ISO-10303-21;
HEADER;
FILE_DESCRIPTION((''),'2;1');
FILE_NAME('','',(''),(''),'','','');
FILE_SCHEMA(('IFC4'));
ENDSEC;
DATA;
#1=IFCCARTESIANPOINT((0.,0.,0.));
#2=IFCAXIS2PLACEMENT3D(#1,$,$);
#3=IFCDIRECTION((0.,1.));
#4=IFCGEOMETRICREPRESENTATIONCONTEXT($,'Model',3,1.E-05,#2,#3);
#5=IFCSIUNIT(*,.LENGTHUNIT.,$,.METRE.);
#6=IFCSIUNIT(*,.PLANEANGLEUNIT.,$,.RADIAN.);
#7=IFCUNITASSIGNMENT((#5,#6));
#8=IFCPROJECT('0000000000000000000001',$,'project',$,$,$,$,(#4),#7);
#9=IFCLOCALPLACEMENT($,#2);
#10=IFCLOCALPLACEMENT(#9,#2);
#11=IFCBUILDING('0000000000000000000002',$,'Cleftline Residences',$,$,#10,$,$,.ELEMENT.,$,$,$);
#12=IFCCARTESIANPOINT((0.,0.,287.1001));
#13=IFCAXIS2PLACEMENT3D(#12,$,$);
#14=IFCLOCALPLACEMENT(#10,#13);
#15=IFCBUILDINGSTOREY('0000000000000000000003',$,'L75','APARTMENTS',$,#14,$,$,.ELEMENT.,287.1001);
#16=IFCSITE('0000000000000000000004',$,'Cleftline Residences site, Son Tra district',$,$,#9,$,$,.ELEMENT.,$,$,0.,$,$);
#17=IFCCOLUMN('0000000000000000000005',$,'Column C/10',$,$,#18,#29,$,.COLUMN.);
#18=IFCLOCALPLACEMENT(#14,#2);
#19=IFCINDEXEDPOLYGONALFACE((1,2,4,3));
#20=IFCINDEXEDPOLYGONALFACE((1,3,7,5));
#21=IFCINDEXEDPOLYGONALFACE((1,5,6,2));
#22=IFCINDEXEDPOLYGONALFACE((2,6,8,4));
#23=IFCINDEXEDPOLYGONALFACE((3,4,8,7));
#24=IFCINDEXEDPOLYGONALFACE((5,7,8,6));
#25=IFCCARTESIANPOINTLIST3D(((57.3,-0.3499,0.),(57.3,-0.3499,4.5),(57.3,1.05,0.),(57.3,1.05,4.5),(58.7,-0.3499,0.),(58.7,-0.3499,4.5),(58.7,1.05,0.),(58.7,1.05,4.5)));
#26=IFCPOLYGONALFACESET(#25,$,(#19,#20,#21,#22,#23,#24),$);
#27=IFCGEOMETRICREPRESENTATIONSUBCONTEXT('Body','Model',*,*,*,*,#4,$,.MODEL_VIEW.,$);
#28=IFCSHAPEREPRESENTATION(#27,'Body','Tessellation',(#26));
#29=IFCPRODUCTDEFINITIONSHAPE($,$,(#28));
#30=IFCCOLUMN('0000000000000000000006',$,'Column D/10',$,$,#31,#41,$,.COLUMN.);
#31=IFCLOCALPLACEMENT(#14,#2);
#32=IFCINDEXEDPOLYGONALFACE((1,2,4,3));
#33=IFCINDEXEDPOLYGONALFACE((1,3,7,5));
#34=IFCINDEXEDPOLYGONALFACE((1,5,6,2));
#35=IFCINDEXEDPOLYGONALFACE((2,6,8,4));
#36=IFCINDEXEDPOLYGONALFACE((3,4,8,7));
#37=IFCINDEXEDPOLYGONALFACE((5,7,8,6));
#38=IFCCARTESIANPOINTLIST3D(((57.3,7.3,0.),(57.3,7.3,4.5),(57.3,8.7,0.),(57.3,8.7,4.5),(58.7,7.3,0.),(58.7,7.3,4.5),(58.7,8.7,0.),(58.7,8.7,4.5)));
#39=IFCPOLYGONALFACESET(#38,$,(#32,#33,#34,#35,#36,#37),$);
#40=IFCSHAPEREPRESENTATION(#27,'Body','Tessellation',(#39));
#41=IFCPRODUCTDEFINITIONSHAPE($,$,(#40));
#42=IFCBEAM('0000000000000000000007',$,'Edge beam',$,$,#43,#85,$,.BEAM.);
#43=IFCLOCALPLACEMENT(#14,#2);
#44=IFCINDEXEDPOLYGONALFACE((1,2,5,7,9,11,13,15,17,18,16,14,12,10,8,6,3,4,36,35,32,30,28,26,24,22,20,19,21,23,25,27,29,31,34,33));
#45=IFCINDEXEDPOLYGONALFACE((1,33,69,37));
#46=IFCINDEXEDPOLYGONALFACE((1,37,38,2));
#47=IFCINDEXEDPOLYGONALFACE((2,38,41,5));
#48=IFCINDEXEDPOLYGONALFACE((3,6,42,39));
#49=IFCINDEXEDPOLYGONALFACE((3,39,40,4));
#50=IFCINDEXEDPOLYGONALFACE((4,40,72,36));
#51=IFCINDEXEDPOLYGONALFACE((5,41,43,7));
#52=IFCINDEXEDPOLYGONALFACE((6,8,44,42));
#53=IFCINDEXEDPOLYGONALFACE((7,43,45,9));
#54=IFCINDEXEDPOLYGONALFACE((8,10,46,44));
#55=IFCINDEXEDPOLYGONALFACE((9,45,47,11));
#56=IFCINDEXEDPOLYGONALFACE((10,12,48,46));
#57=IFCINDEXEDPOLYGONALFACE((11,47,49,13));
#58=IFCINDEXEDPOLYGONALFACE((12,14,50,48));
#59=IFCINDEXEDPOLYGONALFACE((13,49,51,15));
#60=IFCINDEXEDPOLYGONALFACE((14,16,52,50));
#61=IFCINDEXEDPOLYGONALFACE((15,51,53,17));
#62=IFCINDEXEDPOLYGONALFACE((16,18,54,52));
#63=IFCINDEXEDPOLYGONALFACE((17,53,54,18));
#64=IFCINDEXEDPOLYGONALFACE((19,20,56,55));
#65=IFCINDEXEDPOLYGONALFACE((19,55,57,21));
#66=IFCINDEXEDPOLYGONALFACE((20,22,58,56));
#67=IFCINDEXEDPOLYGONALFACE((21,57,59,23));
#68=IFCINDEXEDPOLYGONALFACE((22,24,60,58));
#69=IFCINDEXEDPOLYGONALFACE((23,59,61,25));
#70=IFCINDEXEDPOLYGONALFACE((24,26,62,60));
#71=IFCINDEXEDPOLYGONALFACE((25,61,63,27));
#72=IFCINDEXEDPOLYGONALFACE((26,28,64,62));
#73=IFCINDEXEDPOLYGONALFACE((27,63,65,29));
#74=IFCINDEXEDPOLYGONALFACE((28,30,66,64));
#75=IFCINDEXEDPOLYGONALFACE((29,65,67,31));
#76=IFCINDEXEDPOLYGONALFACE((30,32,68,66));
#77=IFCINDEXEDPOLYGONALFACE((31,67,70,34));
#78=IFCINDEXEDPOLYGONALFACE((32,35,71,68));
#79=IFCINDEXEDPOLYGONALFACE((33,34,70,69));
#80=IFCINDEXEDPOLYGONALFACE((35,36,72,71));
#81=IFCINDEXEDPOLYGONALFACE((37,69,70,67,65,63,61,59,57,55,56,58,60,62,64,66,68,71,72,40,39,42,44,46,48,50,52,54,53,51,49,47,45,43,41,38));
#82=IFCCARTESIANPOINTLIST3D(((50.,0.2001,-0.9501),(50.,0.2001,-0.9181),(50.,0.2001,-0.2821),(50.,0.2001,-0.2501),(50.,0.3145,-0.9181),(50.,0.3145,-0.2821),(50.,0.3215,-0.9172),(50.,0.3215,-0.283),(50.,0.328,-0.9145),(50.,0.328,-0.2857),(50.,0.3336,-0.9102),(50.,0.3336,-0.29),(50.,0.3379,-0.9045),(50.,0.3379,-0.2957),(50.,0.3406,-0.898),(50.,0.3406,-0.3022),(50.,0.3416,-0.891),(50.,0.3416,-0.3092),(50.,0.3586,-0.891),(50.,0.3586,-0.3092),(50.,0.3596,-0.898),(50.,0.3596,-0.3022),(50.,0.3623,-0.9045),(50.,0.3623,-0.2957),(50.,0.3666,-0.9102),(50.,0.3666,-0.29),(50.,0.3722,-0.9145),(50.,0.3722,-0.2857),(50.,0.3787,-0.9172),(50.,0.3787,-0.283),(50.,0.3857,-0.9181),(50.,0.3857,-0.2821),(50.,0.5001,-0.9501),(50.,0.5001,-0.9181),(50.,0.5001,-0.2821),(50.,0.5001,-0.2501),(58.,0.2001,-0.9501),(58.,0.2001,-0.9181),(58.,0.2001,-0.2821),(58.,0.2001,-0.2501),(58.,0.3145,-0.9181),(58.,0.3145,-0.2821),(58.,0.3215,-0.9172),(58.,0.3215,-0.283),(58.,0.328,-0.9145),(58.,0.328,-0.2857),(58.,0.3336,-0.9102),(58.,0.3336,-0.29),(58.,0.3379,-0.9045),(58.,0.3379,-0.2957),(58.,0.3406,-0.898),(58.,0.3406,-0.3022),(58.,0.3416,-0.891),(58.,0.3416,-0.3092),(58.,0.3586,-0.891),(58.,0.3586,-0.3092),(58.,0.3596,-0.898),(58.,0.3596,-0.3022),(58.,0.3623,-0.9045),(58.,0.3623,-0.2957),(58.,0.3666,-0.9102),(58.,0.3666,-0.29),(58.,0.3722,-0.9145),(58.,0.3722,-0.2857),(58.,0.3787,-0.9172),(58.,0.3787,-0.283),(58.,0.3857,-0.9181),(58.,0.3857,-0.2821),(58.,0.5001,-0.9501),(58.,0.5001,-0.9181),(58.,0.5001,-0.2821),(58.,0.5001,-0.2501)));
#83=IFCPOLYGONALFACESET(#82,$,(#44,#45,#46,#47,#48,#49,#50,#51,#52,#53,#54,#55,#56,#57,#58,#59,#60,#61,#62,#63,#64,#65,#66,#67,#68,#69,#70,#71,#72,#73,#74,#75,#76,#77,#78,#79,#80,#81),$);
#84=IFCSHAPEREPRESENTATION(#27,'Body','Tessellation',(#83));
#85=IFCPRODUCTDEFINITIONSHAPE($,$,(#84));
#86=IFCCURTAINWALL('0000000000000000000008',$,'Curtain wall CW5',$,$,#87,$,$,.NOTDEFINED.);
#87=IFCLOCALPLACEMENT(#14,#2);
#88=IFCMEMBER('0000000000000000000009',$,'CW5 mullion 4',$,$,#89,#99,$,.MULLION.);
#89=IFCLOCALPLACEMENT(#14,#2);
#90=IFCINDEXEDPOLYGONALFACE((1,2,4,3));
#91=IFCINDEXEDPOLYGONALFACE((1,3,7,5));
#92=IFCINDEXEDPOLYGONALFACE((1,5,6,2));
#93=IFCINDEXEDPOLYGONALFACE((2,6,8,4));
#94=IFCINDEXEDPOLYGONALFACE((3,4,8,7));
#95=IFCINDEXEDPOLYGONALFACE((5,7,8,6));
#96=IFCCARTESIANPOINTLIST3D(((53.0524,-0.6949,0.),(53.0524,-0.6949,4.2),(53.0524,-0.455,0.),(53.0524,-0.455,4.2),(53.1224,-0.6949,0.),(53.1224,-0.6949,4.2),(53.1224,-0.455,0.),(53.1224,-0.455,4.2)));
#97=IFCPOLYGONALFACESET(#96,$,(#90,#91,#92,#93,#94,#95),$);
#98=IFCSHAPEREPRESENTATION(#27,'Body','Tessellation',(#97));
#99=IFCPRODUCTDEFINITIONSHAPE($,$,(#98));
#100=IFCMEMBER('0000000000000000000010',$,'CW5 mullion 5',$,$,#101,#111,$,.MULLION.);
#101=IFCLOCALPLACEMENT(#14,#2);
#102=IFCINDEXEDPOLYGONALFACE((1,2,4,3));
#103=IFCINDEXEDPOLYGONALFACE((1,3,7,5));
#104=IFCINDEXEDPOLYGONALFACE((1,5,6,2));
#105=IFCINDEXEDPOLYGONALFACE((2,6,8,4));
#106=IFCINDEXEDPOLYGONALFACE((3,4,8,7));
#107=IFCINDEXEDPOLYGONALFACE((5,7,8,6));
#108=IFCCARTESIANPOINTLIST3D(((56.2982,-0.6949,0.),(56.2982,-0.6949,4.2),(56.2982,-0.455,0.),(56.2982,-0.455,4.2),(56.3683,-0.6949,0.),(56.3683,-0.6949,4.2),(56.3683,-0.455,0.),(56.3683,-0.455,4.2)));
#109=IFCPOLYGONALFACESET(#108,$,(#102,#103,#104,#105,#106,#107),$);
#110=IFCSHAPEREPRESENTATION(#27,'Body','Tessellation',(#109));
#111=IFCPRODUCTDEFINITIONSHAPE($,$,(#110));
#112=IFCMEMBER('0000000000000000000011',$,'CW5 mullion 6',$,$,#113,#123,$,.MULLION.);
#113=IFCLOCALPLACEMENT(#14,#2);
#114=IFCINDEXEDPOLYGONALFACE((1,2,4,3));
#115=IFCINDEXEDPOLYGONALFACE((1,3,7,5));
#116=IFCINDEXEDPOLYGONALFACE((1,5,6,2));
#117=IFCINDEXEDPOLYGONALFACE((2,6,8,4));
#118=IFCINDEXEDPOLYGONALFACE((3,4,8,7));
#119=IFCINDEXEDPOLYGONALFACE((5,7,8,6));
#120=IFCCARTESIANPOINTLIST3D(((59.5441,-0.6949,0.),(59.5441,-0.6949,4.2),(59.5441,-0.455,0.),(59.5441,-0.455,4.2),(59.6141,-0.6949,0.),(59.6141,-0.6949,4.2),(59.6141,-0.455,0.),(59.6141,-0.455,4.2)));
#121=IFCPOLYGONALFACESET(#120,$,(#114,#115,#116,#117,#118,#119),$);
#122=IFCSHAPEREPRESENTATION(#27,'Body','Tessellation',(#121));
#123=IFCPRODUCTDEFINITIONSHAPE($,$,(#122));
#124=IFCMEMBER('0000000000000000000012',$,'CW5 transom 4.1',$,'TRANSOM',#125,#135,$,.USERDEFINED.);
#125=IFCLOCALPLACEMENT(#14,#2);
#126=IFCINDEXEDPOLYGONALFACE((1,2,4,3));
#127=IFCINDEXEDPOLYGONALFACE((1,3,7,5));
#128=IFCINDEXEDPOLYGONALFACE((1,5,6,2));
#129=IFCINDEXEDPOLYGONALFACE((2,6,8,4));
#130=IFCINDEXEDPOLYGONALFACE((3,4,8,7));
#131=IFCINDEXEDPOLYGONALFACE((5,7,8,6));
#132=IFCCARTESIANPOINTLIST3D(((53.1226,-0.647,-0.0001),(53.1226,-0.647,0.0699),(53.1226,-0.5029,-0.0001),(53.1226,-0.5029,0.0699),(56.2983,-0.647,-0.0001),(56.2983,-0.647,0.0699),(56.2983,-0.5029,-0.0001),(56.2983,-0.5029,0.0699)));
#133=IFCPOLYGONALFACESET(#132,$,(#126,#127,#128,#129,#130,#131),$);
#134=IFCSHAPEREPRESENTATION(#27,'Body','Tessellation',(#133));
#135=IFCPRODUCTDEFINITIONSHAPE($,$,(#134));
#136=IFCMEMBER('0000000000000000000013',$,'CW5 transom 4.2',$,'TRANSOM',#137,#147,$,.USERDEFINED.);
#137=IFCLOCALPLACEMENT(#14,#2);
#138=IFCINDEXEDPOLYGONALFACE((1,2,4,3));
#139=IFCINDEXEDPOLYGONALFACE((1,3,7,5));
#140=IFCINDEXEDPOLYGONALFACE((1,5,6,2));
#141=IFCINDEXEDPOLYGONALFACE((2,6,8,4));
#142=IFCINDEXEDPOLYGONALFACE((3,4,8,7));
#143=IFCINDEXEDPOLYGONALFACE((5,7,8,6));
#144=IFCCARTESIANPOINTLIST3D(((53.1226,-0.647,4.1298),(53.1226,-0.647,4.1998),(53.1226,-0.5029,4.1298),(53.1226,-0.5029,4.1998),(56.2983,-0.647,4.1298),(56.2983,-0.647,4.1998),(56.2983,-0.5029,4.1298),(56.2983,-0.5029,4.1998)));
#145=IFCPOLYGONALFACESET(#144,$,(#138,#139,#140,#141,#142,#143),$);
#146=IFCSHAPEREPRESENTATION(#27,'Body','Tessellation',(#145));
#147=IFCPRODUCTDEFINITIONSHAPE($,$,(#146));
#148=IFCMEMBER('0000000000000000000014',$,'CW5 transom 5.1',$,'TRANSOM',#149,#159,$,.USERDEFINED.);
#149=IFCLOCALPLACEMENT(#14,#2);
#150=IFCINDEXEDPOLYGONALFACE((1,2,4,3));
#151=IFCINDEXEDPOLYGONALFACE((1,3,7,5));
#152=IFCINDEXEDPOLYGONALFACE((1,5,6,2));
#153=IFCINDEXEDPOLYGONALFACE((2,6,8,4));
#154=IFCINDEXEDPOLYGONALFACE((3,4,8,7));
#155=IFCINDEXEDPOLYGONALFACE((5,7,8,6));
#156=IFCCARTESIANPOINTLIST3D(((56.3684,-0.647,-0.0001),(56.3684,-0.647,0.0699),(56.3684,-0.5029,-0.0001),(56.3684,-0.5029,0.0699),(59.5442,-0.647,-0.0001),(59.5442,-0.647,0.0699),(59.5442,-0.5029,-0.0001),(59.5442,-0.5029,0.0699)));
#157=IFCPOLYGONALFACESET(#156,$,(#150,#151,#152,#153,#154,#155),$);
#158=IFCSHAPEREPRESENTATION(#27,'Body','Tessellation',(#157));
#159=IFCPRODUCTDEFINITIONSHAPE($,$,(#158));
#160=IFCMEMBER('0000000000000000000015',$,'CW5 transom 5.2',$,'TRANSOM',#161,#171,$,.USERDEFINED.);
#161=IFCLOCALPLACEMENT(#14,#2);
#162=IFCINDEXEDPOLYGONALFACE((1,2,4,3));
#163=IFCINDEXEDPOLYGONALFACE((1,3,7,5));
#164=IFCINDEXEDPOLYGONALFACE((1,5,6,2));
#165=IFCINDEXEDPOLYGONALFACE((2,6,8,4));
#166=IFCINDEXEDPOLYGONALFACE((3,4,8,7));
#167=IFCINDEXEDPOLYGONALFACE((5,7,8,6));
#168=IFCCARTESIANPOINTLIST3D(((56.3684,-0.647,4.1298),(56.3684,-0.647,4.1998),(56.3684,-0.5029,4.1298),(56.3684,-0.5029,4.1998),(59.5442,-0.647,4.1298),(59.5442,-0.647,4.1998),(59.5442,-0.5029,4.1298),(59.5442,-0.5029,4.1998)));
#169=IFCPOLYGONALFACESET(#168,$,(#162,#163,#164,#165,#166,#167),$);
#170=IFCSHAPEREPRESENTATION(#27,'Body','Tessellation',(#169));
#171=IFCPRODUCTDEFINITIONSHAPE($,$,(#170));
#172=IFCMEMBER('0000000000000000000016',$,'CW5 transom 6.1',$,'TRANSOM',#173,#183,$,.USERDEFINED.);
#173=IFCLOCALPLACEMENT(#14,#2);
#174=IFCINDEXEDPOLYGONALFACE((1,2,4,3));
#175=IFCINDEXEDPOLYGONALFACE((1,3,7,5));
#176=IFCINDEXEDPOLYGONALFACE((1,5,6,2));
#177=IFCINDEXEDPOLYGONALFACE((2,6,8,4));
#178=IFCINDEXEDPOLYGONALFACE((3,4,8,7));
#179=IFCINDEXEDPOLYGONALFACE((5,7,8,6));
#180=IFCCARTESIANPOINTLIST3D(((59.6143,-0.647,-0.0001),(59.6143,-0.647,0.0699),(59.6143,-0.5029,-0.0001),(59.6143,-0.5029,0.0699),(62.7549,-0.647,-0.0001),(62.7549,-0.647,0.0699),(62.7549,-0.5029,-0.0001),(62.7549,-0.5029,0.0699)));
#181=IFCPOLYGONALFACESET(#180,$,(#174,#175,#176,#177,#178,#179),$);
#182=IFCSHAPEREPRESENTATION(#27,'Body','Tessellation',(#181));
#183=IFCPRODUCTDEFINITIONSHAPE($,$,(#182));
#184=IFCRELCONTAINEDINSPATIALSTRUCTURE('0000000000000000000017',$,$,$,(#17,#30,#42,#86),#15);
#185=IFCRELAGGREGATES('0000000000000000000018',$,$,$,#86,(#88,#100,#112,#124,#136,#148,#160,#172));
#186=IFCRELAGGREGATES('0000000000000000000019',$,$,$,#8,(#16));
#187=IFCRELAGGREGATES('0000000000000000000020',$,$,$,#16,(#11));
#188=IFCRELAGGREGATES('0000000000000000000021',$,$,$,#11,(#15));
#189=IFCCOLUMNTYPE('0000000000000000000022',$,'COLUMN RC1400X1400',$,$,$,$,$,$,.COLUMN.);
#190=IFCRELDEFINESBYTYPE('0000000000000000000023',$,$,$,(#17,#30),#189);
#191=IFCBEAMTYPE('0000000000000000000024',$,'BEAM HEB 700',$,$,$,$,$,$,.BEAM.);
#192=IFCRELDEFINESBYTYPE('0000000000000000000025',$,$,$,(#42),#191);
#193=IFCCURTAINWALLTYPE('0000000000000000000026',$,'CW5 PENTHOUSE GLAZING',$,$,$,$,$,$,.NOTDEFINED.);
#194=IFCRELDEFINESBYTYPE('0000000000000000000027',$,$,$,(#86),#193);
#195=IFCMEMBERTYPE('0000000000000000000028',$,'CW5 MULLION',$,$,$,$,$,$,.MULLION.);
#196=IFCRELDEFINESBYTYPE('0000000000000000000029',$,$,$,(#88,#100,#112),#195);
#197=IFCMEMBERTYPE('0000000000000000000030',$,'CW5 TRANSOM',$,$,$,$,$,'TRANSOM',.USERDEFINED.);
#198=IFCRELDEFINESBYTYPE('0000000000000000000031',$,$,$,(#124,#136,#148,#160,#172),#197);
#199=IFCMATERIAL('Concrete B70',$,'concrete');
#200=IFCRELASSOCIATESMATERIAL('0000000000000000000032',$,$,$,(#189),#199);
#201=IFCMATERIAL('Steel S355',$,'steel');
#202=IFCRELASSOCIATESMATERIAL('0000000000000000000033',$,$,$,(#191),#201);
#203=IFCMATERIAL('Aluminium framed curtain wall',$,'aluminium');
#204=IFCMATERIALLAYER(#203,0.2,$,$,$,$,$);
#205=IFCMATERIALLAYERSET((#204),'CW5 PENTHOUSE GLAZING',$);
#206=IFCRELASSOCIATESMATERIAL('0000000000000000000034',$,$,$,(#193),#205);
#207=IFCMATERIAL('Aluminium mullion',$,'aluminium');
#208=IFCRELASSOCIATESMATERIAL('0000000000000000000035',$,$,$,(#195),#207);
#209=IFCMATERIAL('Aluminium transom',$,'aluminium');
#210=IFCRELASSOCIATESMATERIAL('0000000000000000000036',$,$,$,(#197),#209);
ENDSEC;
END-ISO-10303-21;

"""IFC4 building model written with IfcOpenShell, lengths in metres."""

from ifc_helpers import new_model, si_unit, direction, frame, origin, origin_2d, place, context, subcontext, project, spatial, rectangle, i_section, extrude, material, layer, layer_set, material_profile, profile_set, type_object, element, aggregate, save


model = new_model("IFC4")

# Units and contexts
model_context = context("Model", 3, precision=1e-05, world=origin(), true_north=direction((0.0, 1.0)))
body_context = subcontext(model_context, "Body", "Model", "MODEL_VIEW")
ifc_project = project(units=[si_unit("LENGTHUNIT", "METRE"), si_unit("PLANEANGLEUNIT", "RADIAN")], contexts=[model_context])

# Site, building, storey
site_placement = place(None, origin())
site = spatial("IfcSite", under=ifc_project, at=site_placement, Name="Cleftline Residences site, Son Tra district", CompositionType="ELEMENT", RefElevation=0.0)
building_placement = place(site_placement, origin())
building = spatial("IfcBuilding", under=site, at=building_placement, Name="Cleftline Residences", CompositionType="ELEMENT")
storey_placement = place(building_placement, frame((0.0, 0.0, 287.1001)))
storey = spatial("IfcBuildingStorey", under=building, at=storey_placement, Name="L75", Description="APARTMENTS", CompositionType="ELEMENT", Elevation=287.1001)

# Columns
ifc_material_1 = material(Name="Concrete B70", Category="concrete")
ifc_material_profile_1 = material_profile(ifc_material_1, rectangle(XDim=1.3999, YDim=1.3999, at=origin_2d()))
ifc_profile_set_1 = profile_set([ifc_material_profile_1], Name="Concrete B70")
column_type = type_object("IfcColumnType", Name="COLUMN RC1400X1400", PredefinedType="COLUMN", material=ifc_profile_set_1)
for number, where, z_axis, x_axis, name in (
    (1, (58.0, 0.3501, 0.0), (0.0, 0.0, 1.0), (1.0, 0.0, 0.0), "Column C/10"),
    (2, (58.0, 8.0, 0.0), (0.0, 0.0, 1.0), (1.0, 0.0, 0.0), "Column D/10"),
):
    element("IfcColumn", number, at=place(storey_placement, frame(where, z_axis=z_axis, x_axis=x_axis)), inside=storey, type_object=column_type, Name=name, PredefinedType="COLUMN", context=body_context, shape_type="SweptSolid", body=[
        extrude(rectangle(XDim=1.3999, YDim=1.3999, at=origin_2d()), origin(), (0.0, 0.0, 1.0), 4.5),
    ])

# Beam
ifc_material_2 = material(Name="Steel S355", Category="steel")
ifc_material_profile_2 = material_profile(ifc_material_2, i_section(OverallWidth=0.3, OverallDepth=0.7, WebThickness=0.0171, FlangeThickness=0.032, FilletRadius=0.0271, at=origin_2d()))
ifc_profile_set_2 = profile_set([ifc_material_profile_2], Name="Steel S355")
beam_type = type_object("IfcBeamType", Name="BEAM HEB 700", PredefinedType="BEAM", material=ifc_profile_set_2)
beam_placement = place(storey_placement, frame((58.0, 0.3501, -0.6001), z_axis=(-1.0, 0.0, 0.0), x_axis=(0.0, -1.0, 0.0)))
element("IfcBeam", 3, at=beam_placement, inside=storey, type_object=beam_type, Name="Edge beam", PredefinedType="BEAM", context=body_context, shape_type="SweptSolid", body=[
    extrude(i_section(OverallWidth=0.3, OverallDepth=0.7, WebThickness=0.0171, FlangeThickness=0.032, FilletRadius=0.0271, at=origin_2d()), origin(), (0.0, 0.0, 1.0), 8.0),
])

# Curtain wall, members
ifc_material_3 = material(Name="Aluminium framed curtain wall", Category="aluminium")
ifc_layer_1 = layer(ifc_material_3, 0.2)
ifc_layer_set_1 = layer_set([ifc_layer_1], Name="CW5 PENTHOUSE GLAZING")
curtain_wall_type = type_object("IfcCurtainWallType", Name="CW5 PENTHOUSE GLAZING", PredefinedType="NOTDEFINED", material=ifc_layer_set_1)
curtain_wall_placement = place(storey_placement, origin())
curtain_wall = element("IfcCurtainWall", 4, at=curtain_wall_placement, inside=storey, type_object=curtain_wall_type, Name="Curtain wall CW5", PredefinedType="NOTDEFINED")
ifc_material_4 = material(Name="Aluminium mullion", Category="aluminium")
ifc_material_profile_3 = material_profile(ifc_material_4, rectangle(XDim=0.24, YDim=0.0701, at=origin_2d()))
ifc_profile_set_3 = profile_set([ifc_material_profile_3], Name="Aluminium mullion")
member_type_1 = type_object("IfcMemberType", Name="CW5 MULLION", PredefinedType="MULLION", material=ifc_profile_set_3)
member_1_placement = place(storey_placement, frame((53.0874, -0.575, 0.0), z_axis=(0.0, 0.0, 1.0), x_axis=(0.0, 1.0, 0.0)))
member_1 = element("IfcMember", 5, at=member_1_placement, type_object=member_type_1, Name="CW5 mullion 4", PredefinedType="MULLION", context=body_context, shape_type="SweptSolid", body=[
    extrude(rectangle(XDim=0.24, YDim=0.0701, at=origin_2d()), origin(), (0.0, 0.0, 1.0), 4.2),
])
member_2_placement = place(storey_placement, frame((56.3333, -0.575, 0.0), z_axis=(0.0, 0.0, 1.0), x_axis=(0.0, 1.0, 0.0)))
member_2 = element("IfcMember", 6, at=member_2_placement, type_object=member_type_1, Name="CW5 mullion 5", PredefinedType="MULLION", context=body_context, shape_type="SweptSolid", body=[
    extrude(rectangle(XDim=0.24, YDim=0.0701, at=origin_2d()), origin(), (0.0, 0.0, 1.0), 4.2),
])
member_3_placement = place(storey_placement, frame((59.5791, -0.575, 0.0), z_axis=(0.0, 0.0, 1.0), x_axis=(0.0, 1.0, 0.0)))
member_3 = element("IfcMember", 7, at=member_3_placement, type_object=member_type_1, Name="CW5 mullion 6", PredefinedType="MULLION", context=body_context, shape_type="SweptSolid", body=[
    extrude(rectangle(XDim=0.24, YDim=0.0701, at=origin_2d()), origin(), (0.0, 0.0, 1.0), 4.2),
])
ifc_material_5 = material(Name="Aluminium transom", Category="aluminium")
ifc_material_profile_4 = material_profile(ifc_material_5, rectangle(XDim=0.144, YDim=0.0701, at=origin_2d()))
ifc_profile_set_4 = profile_set([ifc_material_profile_4], Name="Aluminium transom")
member_type_2 = type_object("IfcMemberType", Name="CW5 TRANSOM", ElementType="TRANSOM", PredefinedType="USERDEFINED", material=ifc_profile_set_4)
member_4_placement = place(storey_placement, frame((53.1226, -0.575, 0.0349), z_axis=(1.0, 0.0, 0.0), x_axis=(0.0, 1.0, 0.0)))
member_4 = element("IfcMember", 8, at=member_4_placement, type_object=member_type_2, Name="CW5 transom 4.1", ObjectType="TRANSOM", PredefinedType="USERDEFINED", context=body_context, shape_type="SweptSolid", body=[
    extrude(rectangle(XDim=0.144, YDim=0.0701, at=origin_2d()), origin(), (0.0, 0.0, 1.0), 3.1758),
])
member_5_placement = place(storey_placement, frame((53.1226, -0.575, 4.1648), z_axis=(1.0, 0.0, 0.0), x_axis=(0.0, 1.0, 0.0)))
member_5 = element("IfcMember", 9, at=member_5_placement, type_object=member_type_2, Name="CW5 transom 4.2", ObjectType="TRANSOM", PredefinedType="USERDEFINED", context=body_context, shape_type="SweptSolid", body=[
    extrude(rectangle(XDim=0.144, YDim=0.0701, at=origin_2d()), origin(), (0.0, 0.0, 1.0), 3.1758),
])
member_6_placement = place(storey_placement, frame((56.3684, -0.575, 0.0349), z_axis=(1.0, 0.0, 0.0), x_axis=(0.0, 1.0, 0.0)))
member_6 = element("IfcMember", 10, at=member_6_placement, type_object=member_type_2, Name="CW5 transom 5.1", ObjectType="TRANSOM", PredefinedType="USERDEFINED", context=body_context, shape_type="SweptSolid", body=[
    extrude(rectangle(XDim=0.144, YDim=0.0701, at=origin_2d()), origin(), (0.0, 0.0, 1.0), 3.1758),
])
member_7_placement = place(storey_placement, frame((56.3684, -0.575, 4.1648), z_axis=(1.0, 0.0, 0.0), x_axis=(0.0, 1.0, 0.0)))
member_7 = element("IfcMember", 11, at=member_7_placement, type_object=member_type_2, Name="CW5 transom 5.2", ObjectType="TRANSOM", PredefinedType="USERDEFINED", context=body_context, shape_type="SweptSolid", body=[
    extrude(rectangle(XDim=0.144, YDim=0.0701, at=origin_2d()), origin(), (0.0, 0.0, 1.0), 3.1758),
])
member_8_placement = place(storey_placement, frame((59.6143, -0.575, 0.0349), z_axis=(1.0, 0.0, 0.0), x_axis=(0.0, 1.0, 0.0)))
member_8 = element("IfcMember", 12, at=member_8_placement, type_object=member_type_2, Name="CW5 transom 6.1", ObjectType="TRANSOM", PredefinedType="USERDEFINED", context=body_context, shape_type="SweptSolid", body=[
    extrude(rectangle(XDim=0.144, YDim=0.0701, at=origin_2d()), origin(), (0.0, 0.0, 1.0), 3.1406),
])
aggregate(curtain_wall, [member_1, member_2, member_3, member_4, member_5, member_6, member_7, member_8])

save(model, "model.ifc")
